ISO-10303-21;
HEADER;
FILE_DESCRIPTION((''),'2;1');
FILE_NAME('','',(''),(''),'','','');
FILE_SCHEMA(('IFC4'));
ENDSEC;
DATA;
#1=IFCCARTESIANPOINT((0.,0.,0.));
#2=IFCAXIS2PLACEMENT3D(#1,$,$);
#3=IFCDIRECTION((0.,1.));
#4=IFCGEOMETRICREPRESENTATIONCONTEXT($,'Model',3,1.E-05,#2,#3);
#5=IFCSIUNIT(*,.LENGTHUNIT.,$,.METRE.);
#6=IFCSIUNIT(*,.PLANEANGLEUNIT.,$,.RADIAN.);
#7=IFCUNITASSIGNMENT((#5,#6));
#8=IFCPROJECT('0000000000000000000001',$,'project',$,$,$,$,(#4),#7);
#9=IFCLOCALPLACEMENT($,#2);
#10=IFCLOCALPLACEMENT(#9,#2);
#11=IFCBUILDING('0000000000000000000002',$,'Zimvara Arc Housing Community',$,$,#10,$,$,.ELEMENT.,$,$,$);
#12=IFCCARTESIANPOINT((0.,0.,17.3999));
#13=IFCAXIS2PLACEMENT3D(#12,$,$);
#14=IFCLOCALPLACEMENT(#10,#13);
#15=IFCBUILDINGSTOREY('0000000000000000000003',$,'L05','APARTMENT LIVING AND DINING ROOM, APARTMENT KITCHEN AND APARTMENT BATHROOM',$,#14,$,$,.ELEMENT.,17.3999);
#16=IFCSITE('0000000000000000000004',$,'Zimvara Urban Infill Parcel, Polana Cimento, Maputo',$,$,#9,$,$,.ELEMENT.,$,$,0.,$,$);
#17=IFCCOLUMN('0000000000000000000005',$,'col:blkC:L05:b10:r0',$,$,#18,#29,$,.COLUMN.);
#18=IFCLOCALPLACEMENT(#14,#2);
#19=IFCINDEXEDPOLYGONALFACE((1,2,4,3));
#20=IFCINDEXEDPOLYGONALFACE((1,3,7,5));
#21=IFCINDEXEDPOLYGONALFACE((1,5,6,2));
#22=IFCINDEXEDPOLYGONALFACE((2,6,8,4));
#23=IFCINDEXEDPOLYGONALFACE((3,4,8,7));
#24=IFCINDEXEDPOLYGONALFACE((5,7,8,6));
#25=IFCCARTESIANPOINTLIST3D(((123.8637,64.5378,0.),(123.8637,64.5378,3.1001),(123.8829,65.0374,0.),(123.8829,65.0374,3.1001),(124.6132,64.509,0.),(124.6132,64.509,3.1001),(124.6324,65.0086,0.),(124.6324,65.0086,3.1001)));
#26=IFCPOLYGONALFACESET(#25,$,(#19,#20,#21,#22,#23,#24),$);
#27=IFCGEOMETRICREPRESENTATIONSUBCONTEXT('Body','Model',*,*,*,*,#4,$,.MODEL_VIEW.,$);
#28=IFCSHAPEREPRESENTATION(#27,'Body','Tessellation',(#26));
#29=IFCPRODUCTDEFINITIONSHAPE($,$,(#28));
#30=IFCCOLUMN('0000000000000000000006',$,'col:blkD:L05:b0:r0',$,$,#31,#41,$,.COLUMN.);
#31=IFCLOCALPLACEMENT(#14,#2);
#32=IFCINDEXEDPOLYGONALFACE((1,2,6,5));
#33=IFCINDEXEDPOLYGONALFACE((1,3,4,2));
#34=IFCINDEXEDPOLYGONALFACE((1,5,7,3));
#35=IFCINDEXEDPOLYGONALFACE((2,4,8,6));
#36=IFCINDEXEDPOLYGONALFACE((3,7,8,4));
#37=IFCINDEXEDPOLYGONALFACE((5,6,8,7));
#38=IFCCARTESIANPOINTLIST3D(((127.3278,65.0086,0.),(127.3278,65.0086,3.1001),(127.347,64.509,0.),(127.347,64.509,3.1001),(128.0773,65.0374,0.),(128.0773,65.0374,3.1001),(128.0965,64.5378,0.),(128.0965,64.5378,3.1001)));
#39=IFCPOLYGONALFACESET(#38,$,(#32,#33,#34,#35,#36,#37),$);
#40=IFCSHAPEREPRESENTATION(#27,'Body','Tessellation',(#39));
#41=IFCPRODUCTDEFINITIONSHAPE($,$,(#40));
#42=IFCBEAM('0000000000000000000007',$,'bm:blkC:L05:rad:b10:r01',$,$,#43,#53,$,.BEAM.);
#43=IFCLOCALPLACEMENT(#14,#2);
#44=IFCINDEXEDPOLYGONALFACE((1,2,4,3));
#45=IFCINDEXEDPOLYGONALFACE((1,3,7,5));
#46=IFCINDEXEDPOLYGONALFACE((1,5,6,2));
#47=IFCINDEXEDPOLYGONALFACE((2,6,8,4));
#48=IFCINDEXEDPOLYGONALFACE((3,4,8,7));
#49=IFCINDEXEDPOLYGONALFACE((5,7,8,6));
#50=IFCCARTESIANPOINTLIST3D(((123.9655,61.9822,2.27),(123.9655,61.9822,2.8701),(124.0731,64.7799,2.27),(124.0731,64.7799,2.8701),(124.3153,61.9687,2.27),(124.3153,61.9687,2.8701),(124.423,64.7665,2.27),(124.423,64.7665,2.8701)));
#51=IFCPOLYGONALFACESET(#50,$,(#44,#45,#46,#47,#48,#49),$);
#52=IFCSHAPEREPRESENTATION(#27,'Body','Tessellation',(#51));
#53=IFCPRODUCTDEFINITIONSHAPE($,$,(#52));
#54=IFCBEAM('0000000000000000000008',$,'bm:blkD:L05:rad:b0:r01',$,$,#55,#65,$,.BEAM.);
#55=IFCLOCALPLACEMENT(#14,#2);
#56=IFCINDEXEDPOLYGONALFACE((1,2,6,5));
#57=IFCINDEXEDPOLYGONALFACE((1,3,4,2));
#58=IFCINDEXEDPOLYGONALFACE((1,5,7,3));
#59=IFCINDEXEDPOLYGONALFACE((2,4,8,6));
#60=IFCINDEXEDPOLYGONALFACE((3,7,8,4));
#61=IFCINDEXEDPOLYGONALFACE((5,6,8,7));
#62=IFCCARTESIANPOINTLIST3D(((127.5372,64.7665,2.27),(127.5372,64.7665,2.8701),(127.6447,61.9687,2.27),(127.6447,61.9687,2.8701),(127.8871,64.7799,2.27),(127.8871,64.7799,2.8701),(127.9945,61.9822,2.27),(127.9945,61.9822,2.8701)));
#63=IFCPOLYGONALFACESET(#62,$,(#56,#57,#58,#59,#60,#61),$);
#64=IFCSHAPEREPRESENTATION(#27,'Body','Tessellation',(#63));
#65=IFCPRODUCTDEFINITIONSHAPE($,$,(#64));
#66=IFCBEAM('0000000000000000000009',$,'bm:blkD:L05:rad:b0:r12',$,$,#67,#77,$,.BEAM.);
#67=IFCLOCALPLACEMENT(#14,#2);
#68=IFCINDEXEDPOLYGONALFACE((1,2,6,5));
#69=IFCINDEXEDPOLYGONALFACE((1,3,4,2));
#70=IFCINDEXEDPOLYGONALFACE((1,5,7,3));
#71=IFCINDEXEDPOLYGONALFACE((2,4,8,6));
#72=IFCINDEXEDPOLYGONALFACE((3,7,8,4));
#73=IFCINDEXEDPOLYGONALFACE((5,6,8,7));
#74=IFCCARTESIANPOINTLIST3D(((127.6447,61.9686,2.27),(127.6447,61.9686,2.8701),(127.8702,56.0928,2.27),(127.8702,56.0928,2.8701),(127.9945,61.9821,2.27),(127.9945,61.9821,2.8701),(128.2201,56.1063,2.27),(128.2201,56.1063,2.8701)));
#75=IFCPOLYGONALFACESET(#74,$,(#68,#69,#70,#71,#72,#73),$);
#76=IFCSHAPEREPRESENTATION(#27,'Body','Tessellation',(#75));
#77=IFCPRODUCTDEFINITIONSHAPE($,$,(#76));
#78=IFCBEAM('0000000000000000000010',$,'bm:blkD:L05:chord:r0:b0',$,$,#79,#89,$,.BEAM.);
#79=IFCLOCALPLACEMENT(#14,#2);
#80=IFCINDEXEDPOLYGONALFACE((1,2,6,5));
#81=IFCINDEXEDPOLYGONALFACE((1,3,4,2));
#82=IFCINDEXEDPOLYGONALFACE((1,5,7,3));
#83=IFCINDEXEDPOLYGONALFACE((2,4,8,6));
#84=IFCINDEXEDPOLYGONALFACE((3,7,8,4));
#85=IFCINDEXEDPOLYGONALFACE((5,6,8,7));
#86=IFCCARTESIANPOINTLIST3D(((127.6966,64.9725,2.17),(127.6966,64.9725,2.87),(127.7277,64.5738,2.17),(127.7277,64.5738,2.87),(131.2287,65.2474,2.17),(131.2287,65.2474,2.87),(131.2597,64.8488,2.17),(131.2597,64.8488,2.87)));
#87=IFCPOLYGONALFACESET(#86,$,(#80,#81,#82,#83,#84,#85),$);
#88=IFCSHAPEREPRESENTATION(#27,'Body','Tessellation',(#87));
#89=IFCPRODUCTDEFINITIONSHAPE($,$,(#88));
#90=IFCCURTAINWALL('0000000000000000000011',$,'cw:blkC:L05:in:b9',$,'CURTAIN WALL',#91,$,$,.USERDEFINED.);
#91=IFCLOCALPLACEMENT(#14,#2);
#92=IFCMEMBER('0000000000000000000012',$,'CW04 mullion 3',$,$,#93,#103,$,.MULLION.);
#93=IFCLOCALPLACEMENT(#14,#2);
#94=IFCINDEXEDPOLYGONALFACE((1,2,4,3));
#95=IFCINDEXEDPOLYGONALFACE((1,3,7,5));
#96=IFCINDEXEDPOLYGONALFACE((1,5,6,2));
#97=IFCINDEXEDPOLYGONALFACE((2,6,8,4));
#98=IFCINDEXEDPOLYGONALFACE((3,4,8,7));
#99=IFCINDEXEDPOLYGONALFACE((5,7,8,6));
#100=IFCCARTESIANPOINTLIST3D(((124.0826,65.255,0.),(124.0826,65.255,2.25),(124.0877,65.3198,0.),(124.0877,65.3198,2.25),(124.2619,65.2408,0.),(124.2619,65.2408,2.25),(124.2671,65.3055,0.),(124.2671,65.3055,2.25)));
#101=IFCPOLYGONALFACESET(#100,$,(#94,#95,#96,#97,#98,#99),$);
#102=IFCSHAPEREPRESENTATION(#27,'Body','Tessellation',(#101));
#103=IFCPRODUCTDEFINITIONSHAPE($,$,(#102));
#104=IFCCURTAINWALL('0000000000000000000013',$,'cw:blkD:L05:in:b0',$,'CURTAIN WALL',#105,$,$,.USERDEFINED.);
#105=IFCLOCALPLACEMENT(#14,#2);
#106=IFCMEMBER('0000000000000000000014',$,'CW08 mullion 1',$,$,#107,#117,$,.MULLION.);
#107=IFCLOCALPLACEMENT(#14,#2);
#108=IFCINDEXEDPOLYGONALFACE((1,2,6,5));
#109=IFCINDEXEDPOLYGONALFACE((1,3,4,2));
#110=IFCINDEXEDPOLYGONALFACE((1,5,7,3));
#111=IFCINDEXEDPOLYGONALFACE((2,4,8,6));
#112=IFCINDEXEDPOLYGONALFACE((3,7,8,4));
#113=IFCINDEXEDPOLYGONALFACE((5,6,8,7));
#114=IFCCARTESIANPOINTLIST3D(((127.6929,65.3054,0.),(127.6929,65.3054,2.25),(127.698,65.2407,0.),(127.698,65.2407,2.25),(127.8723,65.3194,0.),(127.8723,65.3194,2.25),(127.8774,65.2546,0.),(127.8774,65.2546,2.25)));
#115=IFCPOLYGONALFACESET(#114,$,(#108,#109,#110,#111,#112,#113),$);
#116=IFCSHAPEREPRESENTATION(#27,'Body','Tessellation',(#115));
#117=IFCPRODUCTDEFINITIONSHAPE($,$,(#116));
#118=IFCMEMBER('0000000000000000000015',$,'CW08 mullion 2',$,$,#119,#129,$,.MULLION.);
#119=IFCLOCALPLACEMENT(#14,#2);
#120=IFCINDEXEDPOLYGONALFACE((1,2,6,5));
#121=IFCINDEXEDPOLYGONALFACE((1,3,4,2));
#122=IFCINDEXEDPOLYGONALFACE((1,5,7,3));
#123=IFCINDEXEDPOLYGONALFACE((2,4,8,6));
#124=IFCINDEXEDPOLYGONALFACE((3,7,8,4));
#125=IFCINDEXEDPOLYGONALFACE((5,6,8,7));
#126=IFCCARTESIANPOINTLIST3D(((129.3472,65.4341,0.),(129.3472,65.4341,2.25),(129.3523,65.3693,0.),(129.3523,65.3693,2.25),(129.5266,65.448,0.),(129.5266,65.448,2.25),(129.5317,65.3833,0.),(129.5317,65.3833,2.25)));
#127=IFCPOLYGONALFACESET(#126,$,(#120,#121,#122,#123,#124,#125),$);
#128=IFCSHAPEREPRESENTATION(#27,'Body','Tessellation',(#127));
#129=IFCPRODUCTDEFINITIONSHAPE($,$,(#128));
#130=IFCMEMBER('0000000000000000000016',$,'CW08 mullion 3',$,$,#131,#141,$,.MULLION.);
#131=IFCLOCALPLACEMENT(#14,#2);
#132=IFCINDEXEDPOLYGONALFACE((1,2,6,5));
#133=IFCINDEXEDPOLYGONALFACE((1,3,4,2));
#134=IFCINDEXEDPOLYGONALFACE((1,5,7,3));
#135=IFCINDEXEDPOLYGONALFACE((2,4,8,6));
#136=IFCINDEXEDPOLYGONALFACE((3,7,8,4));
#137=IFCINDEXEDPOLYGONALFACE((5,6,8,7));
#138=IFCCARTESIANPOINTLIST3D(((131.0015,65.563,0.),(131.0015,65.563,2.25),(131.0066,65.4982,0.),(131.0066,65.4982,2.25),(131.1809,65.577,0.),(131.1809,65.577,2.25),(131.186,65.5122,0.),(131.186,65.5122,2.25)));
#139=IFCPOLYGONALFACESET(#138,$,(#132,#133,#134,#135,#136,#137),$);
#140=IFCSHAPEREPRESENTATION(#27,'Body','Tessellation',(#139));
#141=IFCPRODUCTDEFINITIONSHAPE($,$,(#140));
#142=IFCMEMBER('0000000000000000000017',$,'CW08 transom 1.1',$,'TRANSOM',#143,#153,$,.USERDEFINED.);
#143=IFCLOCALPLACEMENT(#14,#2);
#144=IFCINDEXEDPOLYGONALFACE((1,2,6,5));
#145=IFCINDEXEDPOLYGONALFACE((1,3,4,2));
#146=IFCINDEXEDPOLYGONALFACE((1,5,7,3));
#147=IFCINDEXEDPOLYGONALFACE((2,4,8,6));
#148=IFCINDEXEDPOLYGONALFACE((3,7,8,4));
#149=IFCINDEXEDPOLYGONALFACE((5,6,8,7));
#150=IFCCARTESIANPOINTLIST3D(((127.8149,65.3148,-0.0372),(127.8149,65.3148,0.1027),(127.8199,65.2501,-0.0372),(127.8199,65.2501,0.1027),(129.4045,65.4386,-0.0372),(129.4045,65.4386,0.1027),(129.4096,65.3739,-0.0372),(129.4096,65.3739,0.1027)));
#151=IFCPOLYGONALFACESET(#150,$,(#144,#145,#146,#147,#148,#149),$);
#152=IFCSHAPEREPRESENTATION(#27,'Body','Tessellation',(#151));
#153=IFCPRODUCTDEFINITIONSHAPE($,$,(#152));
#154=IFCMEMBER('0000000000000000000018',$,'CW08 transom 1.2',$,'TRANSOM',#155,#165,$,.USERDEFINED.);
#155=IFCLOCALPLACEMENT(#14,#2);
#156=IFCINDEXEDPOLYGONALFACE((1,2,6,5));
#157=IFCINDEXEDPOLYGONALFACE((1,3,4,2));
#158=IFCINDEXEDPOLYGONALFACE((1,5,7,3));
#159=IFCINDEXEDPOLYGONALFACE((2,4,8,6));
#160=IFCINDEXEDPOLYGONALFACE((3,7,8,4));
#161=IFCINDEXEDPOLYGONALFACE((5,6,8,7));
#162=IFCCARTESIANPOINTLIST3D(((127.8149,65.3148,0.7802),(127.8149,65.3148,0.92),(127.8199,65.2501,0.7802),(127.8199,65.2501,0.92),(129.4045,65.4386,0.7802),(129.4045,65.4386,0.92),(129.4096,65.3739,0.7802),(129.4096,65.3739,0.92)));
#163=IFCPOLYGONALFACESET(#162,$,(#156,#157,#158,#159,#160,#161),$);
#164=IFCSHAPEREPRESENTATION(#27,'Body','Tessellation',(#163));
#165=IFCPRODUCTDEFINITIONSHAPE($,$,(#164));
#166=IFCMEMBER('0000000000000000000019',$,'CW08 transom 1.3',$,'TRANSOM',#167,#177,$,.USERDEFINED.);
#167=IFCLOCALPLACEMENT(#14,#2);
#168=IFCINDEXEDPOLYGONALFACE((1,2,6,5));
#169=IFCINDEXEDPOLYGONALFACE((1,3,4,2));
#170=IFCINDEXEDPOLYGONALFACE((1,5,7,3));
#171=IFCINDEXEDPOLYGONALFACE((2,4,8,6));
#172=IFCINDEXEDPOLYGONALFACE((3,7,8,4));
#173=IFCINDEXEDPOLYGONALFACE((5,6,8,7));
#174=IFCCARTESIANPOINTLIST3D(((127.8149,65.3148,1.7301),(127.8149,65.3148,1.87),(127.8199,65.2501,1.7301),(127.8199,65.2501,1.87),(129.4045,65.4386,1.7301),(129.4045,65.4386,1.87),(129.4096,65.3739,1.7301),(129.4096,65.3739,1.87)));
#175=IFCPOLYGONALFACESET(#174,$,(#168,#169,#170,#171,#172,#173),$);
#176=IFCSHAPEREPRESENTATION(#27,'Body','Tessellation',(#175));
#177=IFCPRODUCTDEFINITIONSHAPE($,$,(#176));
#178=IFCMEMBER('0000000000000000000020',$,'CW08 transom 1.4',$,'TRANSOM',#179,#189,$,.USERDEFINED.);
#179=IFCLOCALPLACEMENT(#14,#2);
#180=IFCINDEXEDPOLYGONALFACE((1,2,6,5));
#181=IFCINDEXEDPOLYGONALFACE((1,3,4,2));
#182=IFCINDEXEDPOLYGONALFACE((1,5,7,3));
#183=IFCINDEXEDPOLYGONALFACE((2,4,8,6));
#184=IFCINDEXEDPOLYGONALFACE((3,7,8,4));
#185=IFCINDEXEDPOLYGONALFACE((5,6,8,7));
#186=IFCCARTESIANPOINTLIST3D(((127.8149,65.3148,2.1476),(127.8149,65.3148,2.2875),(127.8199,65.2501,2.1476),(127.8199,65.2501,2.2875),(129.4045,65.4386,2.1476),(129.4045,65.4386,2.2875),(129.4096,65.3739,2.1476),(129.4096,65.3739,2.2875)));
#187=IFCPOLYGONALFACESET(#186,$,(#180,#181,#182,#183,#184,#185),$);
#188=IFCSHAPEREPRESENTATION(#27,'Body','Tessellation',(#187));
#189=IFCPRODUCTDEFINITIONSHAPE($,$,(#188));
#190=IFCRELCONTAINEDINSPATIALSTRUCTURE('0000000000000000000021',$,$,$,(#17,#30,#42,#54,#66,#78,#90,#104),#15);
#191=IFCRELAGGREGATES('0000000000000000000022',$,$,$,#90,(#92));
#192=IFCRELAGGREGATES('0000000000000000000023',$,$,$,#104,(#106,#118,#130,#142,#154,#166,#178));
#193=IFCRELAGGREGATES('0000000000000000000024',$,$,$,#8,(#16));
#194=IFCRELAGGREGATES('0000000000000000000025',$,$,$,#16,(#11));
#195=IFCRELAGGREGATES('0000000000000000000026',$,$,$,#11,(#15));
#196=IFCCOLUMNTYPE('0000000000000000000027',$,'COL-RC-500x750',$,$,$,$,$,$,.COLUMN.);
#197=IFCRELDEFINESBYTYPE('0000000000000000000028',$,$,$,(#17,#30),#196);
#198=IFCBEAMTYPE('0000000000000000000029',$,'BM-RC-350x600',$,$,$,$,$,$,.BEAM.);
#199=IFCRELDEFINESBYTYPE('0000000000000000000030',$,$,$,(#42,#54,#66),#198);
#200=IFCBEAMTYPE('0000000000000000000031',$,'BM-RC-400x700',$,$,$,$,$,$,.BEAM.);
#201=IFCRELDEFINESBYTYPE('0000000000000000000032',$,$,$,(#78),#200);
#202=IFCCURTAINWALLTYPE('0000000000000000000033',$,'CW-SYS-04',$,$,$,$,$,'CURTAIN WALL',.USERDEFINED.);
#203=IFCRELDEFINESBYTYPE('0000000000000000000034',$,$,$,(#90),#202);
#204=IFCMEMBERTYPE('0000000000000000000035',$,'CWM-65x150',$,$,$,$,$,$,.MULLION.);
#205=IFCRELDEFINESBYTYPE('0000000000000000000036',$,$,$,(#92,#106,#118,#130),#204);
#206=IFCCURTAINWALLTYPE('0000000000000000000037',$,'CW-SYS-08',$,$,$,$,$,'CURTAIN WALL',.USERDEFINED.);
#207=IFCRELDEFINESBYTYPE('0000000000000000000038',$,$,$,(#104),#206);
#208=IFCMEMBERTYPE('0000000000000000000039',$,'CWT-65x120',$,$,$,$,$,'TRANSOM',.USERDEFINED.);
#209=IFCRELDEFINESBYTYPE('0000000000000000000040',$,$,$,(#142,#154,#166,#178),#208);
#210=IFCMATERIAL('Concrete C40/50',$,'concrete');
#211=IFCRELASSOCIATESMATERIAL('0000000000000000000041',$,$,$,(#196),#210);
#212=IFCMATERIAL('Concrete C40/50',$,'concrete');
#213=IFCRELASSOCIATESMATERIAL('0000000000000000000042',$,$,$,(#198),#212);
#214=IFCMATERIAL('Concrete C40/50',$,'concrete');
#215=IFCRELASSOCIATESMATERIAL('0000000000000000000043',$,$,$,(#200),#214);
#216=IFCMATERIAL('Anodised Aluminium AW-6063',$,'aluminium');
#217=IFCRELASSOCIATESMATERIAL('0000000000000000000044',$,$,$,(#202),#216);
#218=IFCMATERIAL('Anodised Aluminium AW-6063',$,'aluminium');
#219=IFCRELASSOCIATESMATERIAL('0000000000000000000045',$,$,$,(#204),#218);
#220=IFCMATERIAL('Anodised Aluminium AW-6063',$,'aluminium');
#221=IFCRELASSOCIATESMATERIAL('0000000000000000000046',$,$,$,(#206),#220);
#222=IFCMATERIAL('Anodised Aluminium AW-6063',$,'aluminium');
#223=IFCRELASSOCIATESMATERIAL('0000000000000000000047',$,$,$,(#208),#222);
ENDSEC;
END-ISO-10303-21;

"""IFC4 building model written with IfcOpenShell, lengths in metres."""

from ifc_helpers import new_model, si_unit, direction, frame, origin, origin_2d, place, context, subcontext, project, spatial, rectangle, extrude, material, material_profile, profile_set, type_object, element, aggregate, save


model = new_model("IFC4")

# Units and contexts
model_context = context("Model", 3, precision=1e-05, world=origin(), true_north=direction((0.0, 1.0)))
body_context = subcontext(model_context, "Body", "Model", "MODEL_VIEW")
ifc_project = project(units=[si_unit("LENGTHUNIT", "METRE"), si_unit("PLANEANGLEUNIT", "RADIAN")], contexts=[model_context])

# Site, building, storey
site_placement = place(None, origin())
site = spatial("IfcSite", under=ifc_project, at=site_placement, Name="Zimvara Urban Infill Parcel, Polana Cimento, Maputo", CompositionType="ELEMENT", RefElevation=0.0)
building_placement = place(site_placement, origin())
building = spatial("IfcBuilding", under=site, at=building_placement, Name="Zimvara Arc Housing Community", CompositionType="ELEMENT")
storey_placement = place(building_placement, frame((0.0, 0.0, 17.3999)))
storey = spatial("IfcBuildingStorey", under=building, at=storey_placement, Name="L05", Description="APARTMENT LIVING AND DINING ROOM, APARTMENT KITCHEN AND APARTMENT BATHROOM", CompositionType="ELEMENT", Elevation=17.3999)

# Columns
ifc_material_1 = material(Name="Concrete C40/50", Category="concrete")
ifc_material_profile_1 = material_profile(ifc_material_1, rectangle(XDim=0.5, YDim=0.75, at=origin_2d()), Name="RC 500x750")
ifc_profile_set_1 = profile_set([ifc_material_profile_1], Name="Concrete C40/50")
column_type = type_object("IfcColumnType", Name="COL-RC-500x750", PredefinedType="COLUMN", material=ifc_profile_set_1)
for number, where, z_axis, x_axis, name in (
    (1, (124.248, 64.7732, 0.0), (0.0, 0.0, 1.0), (-0.038388, -0.999263, 0.0), "col:blkC:L05:b10:r0"),
    (2, (127.7122, 64.7732, 0.0), (0.0, 0.0, 1.0), (0.038388, -0.999263, 0.0), "col:blkD:L05:b0:r0"),
):
    element("IfcColumn", number, at=place(storey_placement, frame(where, z_axis=z_axis, x_axis=x_axis)), inside=storey, type_object=column_type, Name=name, PredefinedType="COLUMN", context=body_context, shape_type="SweptSolid", body=[
        extrude(rectangle(XDim=0.5, YDim=0.75, at=origin_2d()), origin(), (0.0, 0.0, 1.0), 3.1001),
    ])

# Beams
ifc_material_2 = material(Name="Concrete C40/50", Category="concrete")
ifc_material_profile_2 = material_profile(ifc_material_2, rectangle(XDim=0.3501, YDim=0.6001, at=origin_2d()), Name="RC 350x600")
ifc_profile_set_2 = profile_set([ifc_material_profile_2], Name="Concrete C40/50")
beam_type_1 = type_object("IfcBeamType", Name="BM-RC-350x600", PredefinedType="BEAM", material=ifc_profile_set_2)
for number, where, z_axis, x_axis, name in (
    (3, (124.248, 64.7732, 2.5701), (-0.038453, -0.99926, 0.0), (0.99926, -0.038453, 0.0), "bm:blkC:L05:rad:b10:r01"),
    (4, (127.7122, 64.7732, 2.5701), (0.038366, -0.999264, 0.0), (0.999264, 0.038366, 0.0), "bm:blkD:L05:rad:b0:r01"),
):
    element("IfcBeam", number, at=place(storey_placement, frame(where, z_axis=z_axis, x_axis=x_axis)), inside=storey, type_object=beam_type_1, Name=name, PredefinedType="BEAM", context=body_context, shape_type="SweptSolid", body=[
        extrude(rectangle(XDim=0.3501, YDim=0.6001, at=origin_2d()), origin(), (0.0, 0.0, 1.0), 2.7998),
    ])
beam_1_placement = place(storey_placement, frame((127.8196, 61.9753, 2.5701), z_axis=(0.038365, -0.999264, 0.0), x_axis=(0.999264, 0.038365, 0.0)))
element("IfcBeam", 5, at=beam_1_placement, inside=storey, type_object=beam_type_1, Name="bm:blkD:L05:rad:b0:r12", PredefinedType="BEAM", context=body_context, shape_type="SweptSolid", body=[
    extrude(rectangle(XDim=0.3501, YDim=0.6001, at=origin_2d()), origin(), (0.0, 0.0, 1.0), 5.8801),
])
ifc_material_3 = material(Name="Concrete C40/50", Category="concrete")
ifc_material_profile_3 = material_profile(ifc_material_3, rectangle(XDim=0.3999, YDim=0.7, at=origin_2d()), Name="RC 400x700")
ifc_profile_set_3 = profile_set([ifc_material_profile_3], Name="Concrete C40/50")
beam_type_2 = type_object("IfcBeamType", Name="BM-RC-400x700", PredefinedType="BEAM", material=ifc_profile_set_3)
beam_2_placement = place(storey_placement, frame((127.7122, 64.7732, 2.52), z_axis=(0.996985, 0.077598, 0.0), x_axis=(-0.077598, 0.996985, 0.0)))
element("IfcBeam", 6, at=beam_2_placement, inside=storey, type_object=beam_type_2, Name="bm:blkD:L05:chord:r0:b0", PredefinedType="BEAM", context=body_context, shape_type="SweptSolid", body=[
    extrude(rectangle(XDim=0.3999, YDim=0.7, at=origin_2d()), origin(), (0.0, 0.0, 1.0), 3.5427),
])

# Curtain wall, member
ifc_material_4 = material(Name="Anodised Aluminium AW-6063", Category="aluminium")
curtain_wall_type_1 = type_object("IfcCurtainWallType", Name="CW-SYS-04", ElementType="CURTAIN WALL", PredefinedType="USERDEFINED", material=ifc_material_4)
curtain_wall_1_placement = place(storey_placement, origin())
curtain_wall_1 = element("IfcCurtainWall", 7, at=curtain_wall_1_placement, inside=storey, type_object=curtain_wall_type_1, Name="cw:blkC:L05:in:b9", ObjectType="CURTAIN WALL", PredefinedType="USERDEFINED")
ifc_material_5 = material(Name="Anodised Aluminium AW-6063", Category="aluminium")
ifc_material_profile_4 = material_profile(ifc_material_5, rectangle(XDim=0.0649, YDim=0.1799, at=origin_2d()), Name="ALU 65x180")
ifc_profile_set_4 = profile_set([ifc_material_profile_4], Name="Anodised Aluminium AW-6063")
member_type_1 = type_object("IfcMemberType", Name="CWM-65x150", PredefinedType="MULLION", material=ifc_profile_set_4)
member_1_placement = place(storey_placement, frame((124.1748, 65.2803, 0.0), z_axis=(0.0, 0.0, 1.0), x_axis=(0.079155, 0.996862, 0.0)))
member_1 = element("IfcMember", 8, at=member_1_placement, type_object=member_type_1, Name="CW04 mullion 3", PredefinedType="MULLION", context=body_context, shape_type="SweptSolid", body=[
    extrude(rectangle(XDim=0.0649, YDim=0.1799, at=origin_2d()), origin(), (0.0, 0.0, 1.0), 2.25),
])
aggregate(curtain_wall_1, [member_1])

# Curtain wall, members
ifc_material_6 = material(Name="Anodised Aluminium AW-6063", Category="aluminium")
curtain_wall_type_2 = type_object("IfcCurtainWallType", Name="CW-SYS-08", ElementType="CURTAIN WALL", PredefinedType="USERDEFINED", material=ifc_material_6)
curtain_wall_2_placement = place(storey_placement, origin())
curtain_wall_2 = element("IfcCurtainWall", 9, at=curtain_wall_2_placement, inside=storey, type_object=curtain_wall_type_2, Name="cw:blkD:L05:in:b0", ObjectType="CURTAIN WALL", PredefinedType="USERDEFINED")
member_2_placement = place(storey_placement, frame((127.7852, 65.28, 0.0), z_axis=(0.0, 0.0, 1.0), x_axis=(-0.07759, 0.996985, 0.0)))
member_2 = element("IfcMember", 10, at=member_2_placement, type_object=member_type_1, Name="CW08 mullion 1", PredefinedType="MULLION", context=body_context, shape_type="SweptSolid", body=[
    extrude(rectangle(XDim=0.0649, YDim=0.1799, at=origin_2d()), origin(), (0.0, 0.0, 1.0), 2.25),
])
member_3_placement = place(storey_placement, frame((129.4395, 65.4087, 0.0), z_axis=(0.0, 0.0, 1.0), x_axis=(-0.07759, 0.996985, 0.0)))
member_3 = element("IfcMember", 11, at=member_3_placement, type_object=member_type_1, Name="CW08 mullion 2", PredefinedType="MULLION", context=body_context, shape_type="SweptSolid", body=[
    extrude(rectangle(XDim=0.0649, YDim=0.1799, at=origin_2d()), origin(), (0.0, 0.0, 1.0), 2.25),
])
member_4_placement = place(storey_placement, frame((131.0938, 65.5376, 0.0), z_axis=(0.0, 0.0, 1.0), x_axis=(-0.07759, 0.996985, 0.0)))
member_4 = element("IfcMember", 12, at=member_4_placement, type_object=member_type_1, Name="CW08 mullion 3", PredefinedType="MULLION", context=body_context, shape_type="SweptSolid", body=[
    extrude(rectangle(XDim=0.0649, YDim=0.1799, at=origin_2d()), origin(), (0.0, 0.0, 1.0), 2.25),
])
ifc_material_7 = material(Name="Anodised Aluminium AW-6063", Category="aluminium")
ifc_material_profile_5 = material_profile(ifc_material_7, rectangle(XDim=0.0649, YDim=0.1399, at=origin_2d()), Name="ALU 65x140")
ifc_profile_set_5 = profile_set([ifc_material_profile_5], Name="Anodised Aluminium AW-6063")
member_type_2 = type_object("IfcMemberType", Name="CWT-65x120", ElementType="TRANSOM", PredefinedType="USERDEFINED", material=ifc_profile_set_5)
member_5_placement = place(storey_placement, frame((127.8174, 65.2825, 0.0327), z_axis=(0.996982, 0.077633, 0.0), x_axis=(-0.077633, 0.996982, 0.0)))
member_5 = element("IfcMember", 13, at=member_5_placement, type_object=member_type_2, Name="CW08 transom 1.1", ObjectType="TRANSOM", PredefinedType="USERDEFINED", context=body_context, shape_type="SweptSolid", body=[
    extrude(rectangle(XDim=0.0649, YDim=0.1399, at=origin_2d()), origin(), (0.0, 0.0, 1.0), 1.5945),
])
member_6_placement = place(storey_placement, frame((127.8174, 65.2825, 0.8501), z_axis=(0.996982, 0.077633, 0.0), x_axis=(-0.077633, 0.996982, 0.0)))
member_6 = element("IfcMember", 14, at=member_6_placement, type_object=member_type_2, Name="CW08 transom 1.2", ObjectType="TRANSOM", PredefinedType="USERDEFINED", context=body_context, shape_type="SweptSolid", body=[
    extrude(rectangle(XDim=0.0649, YDim=0.1399, at=origin_2d()), origin(), (0.0, 0.0, 1.0), 1.5945),
])
member_7_placement = place(storey_placement, frame((127.8174, 65.2825, 1.8), z_axis=(0.996982, 0.077633, 0.0), x_axis=(-0.077633, 0.996982, 0.0)))
member_7 = element("IfcMember", 15, at=member_7_placement, type_object=member_type_2, Name="CW08 transom 1.3", ObjectType="TRANSOM", PredefinedType="USERDEFINED", context=body_context, shape_type="SweptSolid", body=[
    extrude(rectangle(XDim=0.0649, YDim=0.1399, at=origin_2d()), origin(), (0.0, 0.0, 1.0), 1.5945),
])
member_8_placement = place(storey_placement, frame((127.8174, 65.2825, 2.2175), z_axis=(0.996982, 0.077633, 0.0), x_axis=(-0.077633, 0.996982, 0.0)))
member_8 = element("IfcMember", 16, at=member_8_placement, type_object=member_type_2, Name="CW08 transom 1.4", ObjectType="TRANSOM", PredefinedType="USERDEFINED", context=body_context, shape_type="SweptSolid", body=[
    extrude(rectangle(XDim=0.0649, YDim=0.1399, at=origin_2d()), origin(), (0.0, 0.0, 1.0), 1.5945),
])
aggregate(curtain_wall_2, [member_2, member_3, member_4, member_5, member_6, member_7, member_8])

save(model, "model.ifc")
